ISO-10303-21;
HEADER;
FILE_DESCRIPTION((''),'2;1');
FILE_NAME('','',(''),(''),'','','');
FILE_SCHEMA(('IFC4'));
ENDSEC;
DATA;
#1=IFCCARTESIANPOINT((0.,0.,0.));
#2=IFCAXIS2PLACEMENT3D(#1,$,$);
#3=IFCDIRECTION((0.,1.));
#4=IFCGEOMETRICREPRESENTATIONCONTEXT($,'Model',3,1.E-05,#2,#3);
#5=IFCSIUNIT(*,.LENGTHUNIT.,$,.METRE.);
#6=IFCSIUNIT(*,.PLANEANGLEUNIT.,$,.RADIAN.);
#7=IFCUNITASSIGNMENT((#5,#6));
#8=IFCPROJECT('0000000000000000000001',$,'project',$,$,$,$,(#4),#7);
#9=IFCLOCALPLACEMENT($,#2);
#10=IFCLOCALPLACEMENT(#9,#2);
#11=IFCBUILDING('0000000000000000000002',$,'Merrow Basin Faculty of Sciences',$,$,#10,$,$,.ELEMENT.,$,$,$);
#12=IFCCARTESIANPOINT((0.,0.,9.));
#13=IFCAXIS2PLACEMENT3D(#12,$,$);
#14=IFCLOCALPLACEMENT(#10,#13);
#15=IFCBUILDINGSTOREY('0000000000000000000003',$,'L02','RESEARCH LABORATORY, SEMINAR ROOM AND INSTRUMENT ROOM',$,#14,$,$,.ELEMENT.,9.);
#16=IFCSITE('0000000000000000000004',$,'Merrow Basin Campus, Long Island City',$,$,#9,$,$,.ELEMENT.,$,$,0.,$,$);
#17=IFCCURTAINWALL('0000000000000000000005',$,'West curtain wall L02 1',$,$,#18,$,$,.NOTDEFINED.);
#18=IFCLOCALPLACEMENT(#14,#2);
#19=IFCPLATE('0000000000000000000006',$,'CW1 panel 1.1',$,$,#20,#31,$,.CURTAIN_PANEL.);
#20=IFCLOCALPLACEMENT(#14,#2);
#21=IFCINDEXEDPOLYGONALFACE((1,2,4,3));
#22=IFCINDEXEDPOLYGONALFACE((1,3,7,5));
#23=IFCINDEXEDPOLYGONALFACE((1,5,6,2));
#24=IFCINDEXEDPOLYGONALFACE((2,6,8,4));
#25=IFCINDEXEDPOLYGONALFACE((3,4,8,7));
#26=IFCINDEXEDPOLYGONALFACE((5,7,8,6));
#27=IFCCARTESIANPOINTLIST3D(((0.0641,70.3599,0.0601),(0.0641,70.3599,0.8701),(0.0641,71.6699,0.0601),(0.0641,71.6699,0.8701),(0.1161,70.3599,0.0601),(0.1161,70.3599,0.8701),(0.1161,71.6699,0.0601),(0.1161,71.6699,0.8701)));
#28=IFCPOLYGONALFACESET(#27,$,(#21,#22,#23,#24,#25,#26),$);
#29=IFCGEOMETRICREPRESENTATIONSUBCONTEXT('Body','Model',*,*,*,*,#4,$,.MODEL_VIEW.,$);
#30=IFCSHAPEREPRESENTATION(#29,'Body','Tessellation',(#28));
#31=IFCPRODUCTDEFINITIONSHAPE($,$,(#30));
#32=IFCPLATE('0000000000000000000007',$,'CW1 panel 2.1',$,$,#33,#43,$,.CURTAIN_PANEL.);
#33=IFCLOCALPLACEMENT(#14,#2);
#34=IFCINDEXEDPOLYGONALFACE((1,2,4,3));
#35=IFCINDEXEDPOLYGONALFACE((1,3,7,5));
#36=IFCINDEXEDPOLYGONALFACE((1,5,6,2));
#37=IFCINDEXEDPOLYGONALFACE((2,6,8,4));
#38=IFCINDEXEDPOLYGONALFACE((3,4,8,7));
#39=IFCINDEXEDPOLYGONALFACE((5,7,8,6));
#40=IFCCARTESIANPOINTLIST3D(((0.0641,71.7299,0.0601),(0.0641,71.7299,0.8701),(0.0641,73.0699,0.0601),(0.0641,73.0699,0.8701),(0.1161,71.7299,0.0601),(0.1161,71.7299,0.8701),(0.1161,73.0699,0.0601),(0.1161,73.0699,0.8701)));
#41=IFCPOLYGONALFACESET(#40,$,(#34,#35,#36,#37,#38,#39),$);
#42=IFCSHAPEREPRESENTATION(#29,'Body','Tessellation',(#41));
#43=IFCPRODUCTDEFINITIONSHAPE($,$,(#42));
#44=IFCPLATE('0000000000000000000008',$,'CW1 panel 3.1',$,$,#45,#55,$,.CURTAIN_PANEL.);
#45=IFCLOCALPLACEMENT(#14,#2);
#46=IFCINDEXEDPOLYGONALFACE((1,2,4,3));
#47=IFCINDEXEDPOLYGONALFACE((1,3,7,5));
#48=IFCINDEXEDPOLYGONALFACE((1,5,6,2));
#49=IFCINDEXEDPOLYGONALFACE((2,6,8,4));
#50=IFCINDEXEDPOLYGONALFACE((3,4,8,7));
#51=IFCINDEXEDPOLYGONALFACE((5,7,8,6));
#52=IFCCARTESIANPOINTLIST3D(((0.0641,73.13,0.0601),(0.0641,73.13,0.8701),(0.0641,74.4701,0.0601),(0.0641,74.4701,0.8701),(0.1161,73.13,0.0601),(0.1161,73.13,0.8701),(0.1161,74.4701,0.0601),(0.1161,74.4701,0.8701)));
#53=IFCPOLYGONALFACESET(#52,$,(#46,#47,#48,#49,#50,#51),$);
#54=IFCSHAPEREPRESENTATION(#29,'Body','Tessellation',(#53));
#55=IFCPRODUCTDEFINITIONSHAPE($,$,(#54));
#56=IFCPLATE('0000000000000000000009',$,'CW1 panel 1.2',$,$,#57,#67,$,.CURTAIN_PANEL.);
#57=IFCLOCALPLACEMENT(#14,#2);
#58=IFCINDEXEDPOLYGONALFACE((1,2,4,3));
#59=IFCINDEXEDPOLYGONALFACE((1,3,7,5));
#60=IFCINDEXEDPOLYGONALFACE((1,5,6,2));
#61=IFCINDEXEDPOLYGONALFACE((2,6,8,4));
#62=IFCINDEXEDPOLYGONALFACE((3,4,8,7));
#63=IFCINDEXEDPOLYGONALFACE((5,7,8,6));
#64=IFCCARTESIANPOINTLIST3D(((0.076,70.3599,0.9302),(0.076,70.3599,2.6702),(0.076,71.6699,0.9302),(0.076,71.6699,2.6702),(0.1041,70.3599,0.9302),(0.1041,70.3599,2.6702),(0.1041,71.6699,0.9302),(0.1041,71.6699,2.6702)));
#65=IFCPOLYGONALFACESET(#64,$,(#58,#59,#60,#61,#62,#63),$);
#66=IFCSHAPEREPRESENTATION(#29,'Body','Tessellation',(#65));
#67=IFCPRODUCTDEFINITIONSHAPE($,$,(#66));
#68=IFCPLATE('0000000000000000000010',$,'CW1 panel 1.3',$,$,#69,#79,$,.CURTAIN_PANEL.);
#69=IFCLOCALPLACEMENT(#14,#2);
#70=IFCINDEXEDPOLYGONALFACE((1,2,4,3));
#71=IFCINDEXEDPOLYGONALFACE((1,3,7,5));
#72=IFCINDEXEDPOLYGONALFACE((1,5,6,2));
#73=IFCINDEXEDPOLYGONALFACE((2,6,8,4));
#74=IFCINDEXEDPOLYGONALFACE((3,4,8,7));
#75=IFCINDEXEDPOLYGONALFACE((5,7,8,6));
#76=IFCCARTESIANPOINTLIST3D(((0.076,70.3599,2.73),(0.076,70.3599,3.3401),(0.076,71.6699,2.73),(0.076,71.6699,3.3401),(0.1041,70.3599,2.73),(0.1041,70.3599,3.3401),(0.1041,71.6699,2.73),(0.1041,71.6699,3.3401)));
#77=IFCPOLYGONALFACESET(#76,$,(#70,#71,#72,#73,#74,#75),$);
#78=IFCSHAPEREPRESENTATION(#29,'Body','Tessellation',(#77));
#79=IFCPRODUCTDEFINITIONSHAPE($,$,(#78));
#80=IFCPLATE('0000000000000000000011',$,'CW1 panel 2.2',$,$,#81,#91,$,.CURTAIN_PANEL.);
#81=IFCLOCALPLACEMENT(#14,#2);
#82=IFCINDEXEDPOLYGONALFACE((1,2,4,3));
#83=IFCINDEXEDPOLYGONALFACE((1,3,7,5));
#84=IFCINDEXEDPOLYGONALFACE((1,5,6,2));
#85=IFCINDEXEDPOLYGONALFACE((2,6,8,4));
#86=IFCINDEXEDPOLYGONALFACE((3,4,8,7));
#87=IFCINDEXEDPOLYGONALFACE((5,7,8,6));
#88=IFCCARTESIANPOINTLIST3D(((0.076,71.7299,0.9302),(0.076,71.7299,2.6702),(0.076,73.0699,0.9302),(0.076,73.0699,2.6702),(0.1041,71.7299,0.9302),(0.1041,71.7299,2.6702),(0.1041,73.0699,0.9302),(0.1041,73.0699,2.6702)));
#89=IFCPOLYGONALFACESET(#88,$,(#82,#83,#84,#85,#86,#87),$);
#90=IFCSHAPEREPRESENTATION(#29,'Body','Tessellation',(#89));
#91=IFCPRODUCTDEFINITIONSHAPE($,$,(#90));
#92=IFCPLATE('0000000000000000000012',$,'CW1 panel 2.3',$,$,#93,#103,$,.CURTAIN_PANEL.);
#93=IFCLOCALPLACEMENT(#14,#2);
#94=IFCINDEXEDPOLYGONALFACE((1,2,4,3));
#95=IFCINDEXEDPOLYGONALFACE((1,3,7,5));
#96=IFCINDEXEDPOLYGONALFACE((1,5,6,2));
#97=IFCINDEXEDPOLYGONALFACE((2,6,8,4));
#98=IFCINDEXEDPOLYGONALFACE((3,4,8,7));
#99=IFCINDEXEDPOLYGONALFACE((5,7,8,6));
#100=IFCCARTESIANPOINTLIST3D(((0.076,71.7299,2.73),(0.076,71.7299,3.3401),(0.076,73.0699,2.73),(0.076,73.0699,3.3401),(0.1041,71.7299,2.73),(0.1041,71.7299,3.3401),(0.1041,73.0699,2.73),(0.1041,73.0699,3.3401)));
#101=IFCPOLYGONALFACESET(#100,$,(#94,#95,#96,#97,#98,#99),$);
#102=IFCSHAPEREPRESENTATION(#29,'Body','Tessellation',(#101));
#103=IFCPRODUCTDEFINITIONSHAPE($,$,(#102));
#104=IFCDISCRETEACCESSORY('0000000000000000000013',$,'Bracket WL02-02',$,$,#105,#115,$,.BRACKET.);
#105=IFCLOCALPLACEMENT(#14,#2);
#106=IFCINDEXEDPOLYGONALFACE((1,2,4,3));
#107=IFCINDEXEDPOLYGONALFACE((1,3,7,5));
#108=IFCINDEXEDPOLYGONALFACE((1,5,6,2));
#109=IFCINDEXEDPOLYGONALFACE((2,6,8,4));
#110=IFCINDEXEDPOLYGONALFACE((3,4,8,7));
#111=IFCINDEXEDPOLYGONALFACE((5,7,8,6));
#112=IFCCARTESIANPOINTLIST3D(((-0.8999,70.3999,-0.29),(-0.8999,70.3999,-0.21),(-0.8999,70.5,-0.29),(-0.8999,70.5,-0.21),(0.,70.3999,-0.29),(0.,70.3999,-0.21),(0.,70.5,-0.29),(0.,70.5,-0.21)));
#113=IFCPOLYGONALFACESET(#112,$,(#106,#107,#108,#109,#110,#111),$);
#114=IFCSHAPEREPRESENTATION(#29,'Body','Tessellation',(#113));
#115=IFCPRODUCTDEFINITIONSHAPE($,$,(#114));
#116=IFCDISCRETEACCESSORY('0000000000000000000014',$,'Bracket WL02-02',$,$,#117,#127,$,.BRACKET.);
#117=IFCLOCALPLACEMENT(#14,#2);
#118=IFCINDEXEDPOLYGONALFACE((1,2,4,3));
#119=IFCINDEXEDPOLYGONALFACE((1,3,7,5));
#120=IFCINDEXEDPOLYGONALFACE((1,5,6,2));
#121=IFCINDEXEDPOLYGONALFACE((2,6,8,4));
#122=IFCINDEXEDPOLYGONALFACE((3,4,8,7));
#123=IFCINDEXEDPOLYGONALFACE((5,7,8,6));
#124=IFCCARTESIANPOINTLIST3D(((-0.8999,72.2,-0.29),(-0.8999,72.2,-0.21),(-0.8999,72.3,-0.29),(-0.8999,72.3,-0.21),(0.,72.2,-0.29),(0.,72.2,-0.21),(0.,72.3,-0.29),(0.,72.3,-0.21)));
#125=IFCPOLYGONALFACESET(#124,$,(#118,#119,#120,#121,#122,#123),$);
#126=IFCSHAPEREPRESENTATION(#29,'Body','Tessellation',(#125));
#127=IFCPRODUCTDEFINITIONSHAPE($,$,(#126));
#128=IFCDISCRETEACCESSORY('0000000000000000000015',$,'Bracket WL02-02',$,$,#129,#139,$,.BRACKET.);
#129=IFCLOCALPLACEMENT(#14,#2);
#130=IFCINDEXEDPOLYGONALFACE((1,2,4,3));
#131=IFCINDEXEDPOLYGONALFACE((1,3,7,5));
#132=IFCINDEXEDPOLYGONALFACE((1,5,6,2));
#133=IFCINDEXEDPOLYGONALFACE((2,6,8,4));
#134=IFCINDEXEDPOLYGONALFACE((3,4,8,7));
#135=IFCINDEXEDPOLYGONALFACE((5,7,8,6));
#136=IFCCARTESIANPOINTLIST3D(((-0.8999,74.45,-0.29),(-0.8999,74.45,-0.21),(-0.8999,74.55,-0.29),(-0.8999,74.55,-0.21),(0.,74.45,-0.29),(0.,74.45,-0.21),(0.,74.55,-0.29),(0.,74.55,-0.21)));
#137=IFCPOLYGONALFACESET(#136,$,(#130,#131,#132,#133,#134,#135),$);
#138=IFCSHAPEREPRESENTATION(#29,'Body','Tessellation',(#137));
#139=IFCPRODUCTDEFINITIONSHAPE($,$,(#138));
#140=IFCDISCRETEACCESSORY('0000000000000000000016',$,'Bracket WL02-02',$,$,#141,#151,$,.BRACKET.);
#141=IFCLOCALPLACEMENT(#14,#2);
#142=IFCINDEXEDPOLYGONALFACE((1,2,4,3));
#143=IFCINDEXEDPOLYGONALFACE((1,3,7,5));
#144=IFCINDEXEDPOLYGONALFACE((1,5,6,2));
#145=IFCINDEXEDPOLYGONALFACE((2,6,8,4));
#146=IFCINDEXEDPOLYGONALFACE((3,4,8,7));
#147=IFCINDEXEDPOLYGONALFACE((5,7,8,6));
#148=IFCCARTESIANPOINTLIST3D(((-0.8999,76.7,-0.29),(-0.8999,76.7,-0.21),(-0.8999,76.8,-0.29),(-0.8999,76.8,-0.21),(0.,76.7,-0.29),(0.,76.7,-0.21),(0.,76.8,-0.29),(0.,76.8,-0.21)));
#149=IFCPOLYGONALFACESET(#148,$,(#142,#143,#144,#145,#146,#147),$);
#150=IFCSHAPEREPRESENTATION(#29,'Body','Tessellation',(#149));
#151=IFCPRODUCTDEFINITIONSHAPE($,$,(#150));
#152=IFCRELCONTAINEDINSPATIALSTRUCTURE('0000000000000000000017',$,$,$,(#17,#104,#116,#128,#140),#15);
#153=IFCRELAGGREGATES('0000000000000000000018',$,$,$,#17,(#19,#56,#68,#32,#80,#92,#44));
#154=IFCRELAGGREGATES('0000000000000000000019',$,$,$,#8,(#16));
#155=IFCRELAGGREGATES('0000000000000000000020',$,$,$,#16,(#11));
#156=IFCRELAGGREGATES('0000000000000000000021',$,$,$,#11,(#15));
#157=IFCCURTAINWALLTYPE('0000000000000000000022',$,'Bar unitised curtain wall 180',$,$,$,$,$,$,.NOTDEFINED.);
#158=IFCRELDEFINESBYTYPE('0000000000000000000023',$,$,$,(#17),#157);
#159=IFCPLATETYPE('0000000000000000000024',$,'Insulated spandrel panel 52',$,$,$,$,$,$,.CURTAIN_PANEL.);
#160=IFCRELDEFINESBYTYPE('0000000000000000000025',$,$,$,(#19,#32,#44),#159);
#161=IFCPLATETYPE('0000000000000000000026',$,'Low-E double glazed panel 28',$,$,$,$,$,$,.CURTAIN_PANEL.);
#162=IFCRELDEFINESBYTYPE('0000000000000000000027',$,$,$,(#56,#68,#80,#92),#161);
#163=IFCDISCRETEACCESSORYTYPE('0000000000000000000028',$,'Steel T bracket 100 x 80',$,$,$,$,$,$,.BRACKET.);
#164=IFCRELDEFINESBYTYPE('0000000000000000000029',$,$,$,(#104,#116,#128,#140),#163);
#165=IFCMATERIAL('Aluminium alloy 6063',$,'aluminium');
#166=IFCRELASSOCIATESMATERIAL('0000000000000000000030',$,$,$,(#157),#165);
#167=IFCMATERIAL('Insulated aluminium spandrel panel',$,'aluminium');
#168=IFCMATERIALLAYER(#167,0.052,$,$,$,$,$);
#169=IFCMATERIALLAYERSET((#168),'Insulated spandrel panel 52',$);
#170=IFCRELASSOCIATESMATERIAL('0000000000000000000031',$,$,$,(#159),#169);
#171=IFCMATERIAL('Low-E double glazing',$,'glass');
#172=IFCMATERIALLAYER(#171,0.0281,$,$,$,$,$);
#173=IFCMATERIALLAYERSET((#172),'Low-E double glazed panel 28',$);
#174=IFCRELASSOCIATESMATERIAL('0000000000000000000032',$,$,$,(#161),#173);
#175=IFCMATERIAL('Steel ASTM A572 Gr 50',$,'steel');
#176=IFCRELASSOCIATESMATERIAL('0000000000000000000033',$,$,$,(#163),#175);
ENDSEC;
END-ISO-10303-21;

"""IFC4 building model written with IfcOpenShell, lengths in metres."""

from ifc_helpers import new_model, si_unit, direction, frame, origin, origin_2d, place, context, subcontext, project, spatial, polyline, rectangle, outline, extrude, source, transform, mapped, material, layer, layer_set, type_object, element, aggregate, save


model = new_model("IFC4")

# Units and contexts
model_context = context("Model", 3, precision=1e-05, world=origin(), true_north=direction((0.0, 1.0)))
body_context = subcontext(model_context, "Body", "Model", "MODEL_VIEW")
ifc_project = project(units=[si_unit("LENGTHUNIT", "METRE"), si_unit("PLANEANGLEUNIT", "RADIAN")], contexts=[model_context])

# Site, building, storey
site_placement = place(None, origin())
site = spatial("IfcSite", under=ifc_project, at=site_placement, Name="Merrow Basin Campus, Long Island City", CompositionType="ELEMENT", RefElevation=0.0)
building_placement = place(site_placement, origin())
building = spatial("IfcBuilding", under=site, at=building_placement, Name="Merrow Basin Faculty of Sciences", CompositionType="ELEMENT")
storey_placement = place(building_placement, frame((0.0, 0.0, 9.0)))
storey = spatial("IfcBuildingStorey", under=building, at=storey_placement, Name="L02", Description="RESEARCH LABORATORY, SEMINAR ROOM AND INSTRUMENT ROOM", CompositionType="ELEMENT", Elevation=9.0)

# Curtain wall, plates
ifc_material_1 = material(Name="Aluminium alloy 6063", Category="aluminium")
curtain_wall_type = type_object("IfcCurtainWallType", Name="Bar unitised curtain wall 180", PredefinedType="NOTDEFINED", material=ifc_material_1)
curtain_wall_placement = place(storey_placement, origin())
curtain_wall = element("IfcCurtainWall", 1, at=curtain_wall_placement, inside=storey, type_object=curtain_wall_type, Name="West curtain wall L02 1", PredefinedType="NOTDEFINED")
ifc_material_2 = material(Name="Insulated aluminium spandrel panel", Category="aluminium")
ifc_layer_1 = layer(ifc_material_2, 0.052)
ifc_layer_set_1 = layer_set([ifc_layer_1], Name="Insulated spandrel panel 52")
plate_type_1 = type_object("IfcPlateType", Name="Insulated spandrel panel 52", PredefinedType="CURTAIN_PANEL", material=ifc_layer_set_1)
plate_1_placement = place(storey_placement, frame((0.0901, 71.0149, 0.0601), z_axis=(0.0, 0.0, 1.0), x_axis=(0.0, 1.0, 0.0)))
plate_1 = element("IfcPlate", 2, at=plate_1_placement, type_object=plate_type_1, Name="CW1 panel 1.1", PredefinedType="CURTAIN_PANEL", context=body_context, shape_type="SweptSolid", body=[
    extrude(rectangle(XDim=1.3101, YDim=0.052, at=origin_2d()), origin(), (0.0, 0.0, 1.0), 0.8101),
])
plate_2_placement = place(storey_placement, frame((0.0901, 72.3999, 0.0601), z_axis=(0.0, 0.0, 1.0), x_axis=(0.0, 1.0, 0.0)))
plate_2 = element("IfcPlate", 3, at=plate_2_placement, type_object=plate_type_1, Name="CW1 panel 2.1", PredefinedType="CURTAIN_PANEL", context=body_context, shape_type="SweptSolid", body=[
    extrude(rectangle(XDim=1.3401, YDim=0.052, at=origin_2d()), origin(), (0.0, 0.0, 1.0), 0.8101),
])
plate_3_placement = place(storey_placement, frame((0.0901, 73.8, 0.0601), z_axis=(0.0, 0.0, 1.0), x_axis=(0.0, 1.0, 0.0)))
plate_3 = element("IfcPlate", 4, at=plate_3_placement, type_object=plate_type_1, Name="CW1 panel 3.1", PredefinedType="CURTAIN_PANEL", context=body_context, shape_type="SweptSolid", body=[
    extrude(rectangle(XDim=1.3401, YDim=0.052, at=origin_2d()), origin(), (0.0, 0.0, 1.0), 0.8101),
])
ifc_material_3 = material(Name="Low-E double glazing", Category="glass")
ifc_layer_2 = layer(ifc_material_3, 0.0281)
ifc_layer_set_2 = layer_set([ifc_layer_2], Name="Low-E double glazed panel 28")
plate_type_2 = type_object("IfcPlateType", Name="Low-E double glazed panel 28", PredefinedType="CURTAIN_PANEL", material=ifc_layer_set_2)
plate_4_placement = place(storey_placement, frame((0.0901, 71.0149, 0.9302), z_axis=(0.0, 0.0, 1.0), x_axis=(0.0, 1.0, 0.0)))
plate_4 = element("IfcPlate", 5, at=plate_4_placement, type_object=plate_type_2, Name="CW1 panel 1.2", PredefinedType="CURTAIN_PANEL", context=body_context, shape_type="SweptSolid", body=[
    extrude(rectangle(XDim=1.3101, YDim=0.0281, at=origin_2d()), origin(), (0.0, 0.0, 1.0), 1.74),
])
plate_5_placement = place(storey_placement, frame((0.0901, 71.0149, 2.73), z_axis=(0.0, 0.0, 1.0), x_axis=(0.0, 1.0, 0.0)))
plate_5 = element("IfcPlate", 6, at=plate_5_placement, type_object=plate_type_2, Name="CW1 panel 1.3", PredefinedType="CURTAIN_PANEL", context=body_context, shape_type="SweptSolid", body=[
    extrude(rectangle(XDim=1.3101, YDim=0.0281, at=origin_2d()), origin(), (0.0, 0.0, 1.0), 0.6101),
])
plate_6_placement = place(storey_placement, frame((0.0901, 72.3999, 0.9302), z_axis=(0.0, 0.0, 1.0), x_axis=(0.0, 1.0, 0.0)))
plate_6 = element("IfcPlate", 7, at=plate_6_placement, type_object=plate_type_2, Name="CW1 panel 2.2", PredefinedType="CURTAIN_PANEL", context=body_context, shape_type="SweptSolid", body=[
    extrude(rectangle(XDim=1.3401, YDim=0.0281, at=origin_2d()), origin(), (0.0, 0.0, 1.0), 1.74),
])
plate_7_placement = place(storey_placement, frame((0.0901, 72.3999, 2.73), z_axis=(0.0, 0.0, 1.0), x_axis=(0.0, 1.0, 0.0)))
plate_7 = element("IfcPlate", 8, at=plate_7_placement, type_object=plate_type_2, Name="CW1 panel 2.3", PredefinedType="CURTAIN_PANEL", context=body_context, shape_type="SweptSolid", body=[
    extrude(rectangle(XDim=1.3401, YDim=0.0281, at=origin_2d()), origin(), (0.0, 0.0, 1.0), 0.6101),
])
aggregate(curtain_wall, [plate_1, plate_4, plate_5, plate_2, plate_6, plate_7, plate_3])

# Discrete accessories
ifc_material_4 = material(Name="Steel ASTM A572 Gr 50", Category="steel")
discrete_accessory_type = type_object("IfcDiscreteAccessoryType", Name="Steel T bracket 100 x 80", PredefinedType="BRACKET", material=ifc_material_4)
shared_shape = source(origin(), body_context, "Body", "SweptSolid", [
    extrude(outline(polyline([(0.0, 0.0), (0.1001, 0.0), (0.1001, 0.0801), (0.0, 0.0801), (0.0, 0.0)])), origin(), (0.0, 0.0, 1.0), 0.8999),
])
for number, where, z_axis, x_axis, name in (
    (9, (-0.8999, 70.3999, -0.29), (1.0, 0.0, 0.0), (0.0, 1.0, 0.0), "Bracket WL02-02"),
    (10, (-0.8999, 72.2, -0.29), (1.0, 0.0, 0.0), (0.0, 1.0, 0.0), "Bracket WL02-02"),
    (11, (-0.8999, 74.45, -0.29), (1.0, 0.0, 0.0), (0.0, 1.0, 0.0), "Bracket WL02-02"),
    (12, (-0.8999, 76.7, -0.29), (1.0, 0.0, 0.0), (0.0, 1.0, 0.0), "Bracket WL02-02"),
):
    element("IfcDiscreteAccessory", number, at=place(storey_placement, frame(where, z_axis=z_axis, x_axis=x_axis)), inside=storey, type_object=discrete_accessory_type, Name=name, PredefinedType="BRACKET", context=body_context, shape_type="MappedRepresentation", body=[
        mapped(shared_shape, transform((0.0, 0.0, 0.0), scale=1.0)),
    ])

save(model, "model.ifc")
